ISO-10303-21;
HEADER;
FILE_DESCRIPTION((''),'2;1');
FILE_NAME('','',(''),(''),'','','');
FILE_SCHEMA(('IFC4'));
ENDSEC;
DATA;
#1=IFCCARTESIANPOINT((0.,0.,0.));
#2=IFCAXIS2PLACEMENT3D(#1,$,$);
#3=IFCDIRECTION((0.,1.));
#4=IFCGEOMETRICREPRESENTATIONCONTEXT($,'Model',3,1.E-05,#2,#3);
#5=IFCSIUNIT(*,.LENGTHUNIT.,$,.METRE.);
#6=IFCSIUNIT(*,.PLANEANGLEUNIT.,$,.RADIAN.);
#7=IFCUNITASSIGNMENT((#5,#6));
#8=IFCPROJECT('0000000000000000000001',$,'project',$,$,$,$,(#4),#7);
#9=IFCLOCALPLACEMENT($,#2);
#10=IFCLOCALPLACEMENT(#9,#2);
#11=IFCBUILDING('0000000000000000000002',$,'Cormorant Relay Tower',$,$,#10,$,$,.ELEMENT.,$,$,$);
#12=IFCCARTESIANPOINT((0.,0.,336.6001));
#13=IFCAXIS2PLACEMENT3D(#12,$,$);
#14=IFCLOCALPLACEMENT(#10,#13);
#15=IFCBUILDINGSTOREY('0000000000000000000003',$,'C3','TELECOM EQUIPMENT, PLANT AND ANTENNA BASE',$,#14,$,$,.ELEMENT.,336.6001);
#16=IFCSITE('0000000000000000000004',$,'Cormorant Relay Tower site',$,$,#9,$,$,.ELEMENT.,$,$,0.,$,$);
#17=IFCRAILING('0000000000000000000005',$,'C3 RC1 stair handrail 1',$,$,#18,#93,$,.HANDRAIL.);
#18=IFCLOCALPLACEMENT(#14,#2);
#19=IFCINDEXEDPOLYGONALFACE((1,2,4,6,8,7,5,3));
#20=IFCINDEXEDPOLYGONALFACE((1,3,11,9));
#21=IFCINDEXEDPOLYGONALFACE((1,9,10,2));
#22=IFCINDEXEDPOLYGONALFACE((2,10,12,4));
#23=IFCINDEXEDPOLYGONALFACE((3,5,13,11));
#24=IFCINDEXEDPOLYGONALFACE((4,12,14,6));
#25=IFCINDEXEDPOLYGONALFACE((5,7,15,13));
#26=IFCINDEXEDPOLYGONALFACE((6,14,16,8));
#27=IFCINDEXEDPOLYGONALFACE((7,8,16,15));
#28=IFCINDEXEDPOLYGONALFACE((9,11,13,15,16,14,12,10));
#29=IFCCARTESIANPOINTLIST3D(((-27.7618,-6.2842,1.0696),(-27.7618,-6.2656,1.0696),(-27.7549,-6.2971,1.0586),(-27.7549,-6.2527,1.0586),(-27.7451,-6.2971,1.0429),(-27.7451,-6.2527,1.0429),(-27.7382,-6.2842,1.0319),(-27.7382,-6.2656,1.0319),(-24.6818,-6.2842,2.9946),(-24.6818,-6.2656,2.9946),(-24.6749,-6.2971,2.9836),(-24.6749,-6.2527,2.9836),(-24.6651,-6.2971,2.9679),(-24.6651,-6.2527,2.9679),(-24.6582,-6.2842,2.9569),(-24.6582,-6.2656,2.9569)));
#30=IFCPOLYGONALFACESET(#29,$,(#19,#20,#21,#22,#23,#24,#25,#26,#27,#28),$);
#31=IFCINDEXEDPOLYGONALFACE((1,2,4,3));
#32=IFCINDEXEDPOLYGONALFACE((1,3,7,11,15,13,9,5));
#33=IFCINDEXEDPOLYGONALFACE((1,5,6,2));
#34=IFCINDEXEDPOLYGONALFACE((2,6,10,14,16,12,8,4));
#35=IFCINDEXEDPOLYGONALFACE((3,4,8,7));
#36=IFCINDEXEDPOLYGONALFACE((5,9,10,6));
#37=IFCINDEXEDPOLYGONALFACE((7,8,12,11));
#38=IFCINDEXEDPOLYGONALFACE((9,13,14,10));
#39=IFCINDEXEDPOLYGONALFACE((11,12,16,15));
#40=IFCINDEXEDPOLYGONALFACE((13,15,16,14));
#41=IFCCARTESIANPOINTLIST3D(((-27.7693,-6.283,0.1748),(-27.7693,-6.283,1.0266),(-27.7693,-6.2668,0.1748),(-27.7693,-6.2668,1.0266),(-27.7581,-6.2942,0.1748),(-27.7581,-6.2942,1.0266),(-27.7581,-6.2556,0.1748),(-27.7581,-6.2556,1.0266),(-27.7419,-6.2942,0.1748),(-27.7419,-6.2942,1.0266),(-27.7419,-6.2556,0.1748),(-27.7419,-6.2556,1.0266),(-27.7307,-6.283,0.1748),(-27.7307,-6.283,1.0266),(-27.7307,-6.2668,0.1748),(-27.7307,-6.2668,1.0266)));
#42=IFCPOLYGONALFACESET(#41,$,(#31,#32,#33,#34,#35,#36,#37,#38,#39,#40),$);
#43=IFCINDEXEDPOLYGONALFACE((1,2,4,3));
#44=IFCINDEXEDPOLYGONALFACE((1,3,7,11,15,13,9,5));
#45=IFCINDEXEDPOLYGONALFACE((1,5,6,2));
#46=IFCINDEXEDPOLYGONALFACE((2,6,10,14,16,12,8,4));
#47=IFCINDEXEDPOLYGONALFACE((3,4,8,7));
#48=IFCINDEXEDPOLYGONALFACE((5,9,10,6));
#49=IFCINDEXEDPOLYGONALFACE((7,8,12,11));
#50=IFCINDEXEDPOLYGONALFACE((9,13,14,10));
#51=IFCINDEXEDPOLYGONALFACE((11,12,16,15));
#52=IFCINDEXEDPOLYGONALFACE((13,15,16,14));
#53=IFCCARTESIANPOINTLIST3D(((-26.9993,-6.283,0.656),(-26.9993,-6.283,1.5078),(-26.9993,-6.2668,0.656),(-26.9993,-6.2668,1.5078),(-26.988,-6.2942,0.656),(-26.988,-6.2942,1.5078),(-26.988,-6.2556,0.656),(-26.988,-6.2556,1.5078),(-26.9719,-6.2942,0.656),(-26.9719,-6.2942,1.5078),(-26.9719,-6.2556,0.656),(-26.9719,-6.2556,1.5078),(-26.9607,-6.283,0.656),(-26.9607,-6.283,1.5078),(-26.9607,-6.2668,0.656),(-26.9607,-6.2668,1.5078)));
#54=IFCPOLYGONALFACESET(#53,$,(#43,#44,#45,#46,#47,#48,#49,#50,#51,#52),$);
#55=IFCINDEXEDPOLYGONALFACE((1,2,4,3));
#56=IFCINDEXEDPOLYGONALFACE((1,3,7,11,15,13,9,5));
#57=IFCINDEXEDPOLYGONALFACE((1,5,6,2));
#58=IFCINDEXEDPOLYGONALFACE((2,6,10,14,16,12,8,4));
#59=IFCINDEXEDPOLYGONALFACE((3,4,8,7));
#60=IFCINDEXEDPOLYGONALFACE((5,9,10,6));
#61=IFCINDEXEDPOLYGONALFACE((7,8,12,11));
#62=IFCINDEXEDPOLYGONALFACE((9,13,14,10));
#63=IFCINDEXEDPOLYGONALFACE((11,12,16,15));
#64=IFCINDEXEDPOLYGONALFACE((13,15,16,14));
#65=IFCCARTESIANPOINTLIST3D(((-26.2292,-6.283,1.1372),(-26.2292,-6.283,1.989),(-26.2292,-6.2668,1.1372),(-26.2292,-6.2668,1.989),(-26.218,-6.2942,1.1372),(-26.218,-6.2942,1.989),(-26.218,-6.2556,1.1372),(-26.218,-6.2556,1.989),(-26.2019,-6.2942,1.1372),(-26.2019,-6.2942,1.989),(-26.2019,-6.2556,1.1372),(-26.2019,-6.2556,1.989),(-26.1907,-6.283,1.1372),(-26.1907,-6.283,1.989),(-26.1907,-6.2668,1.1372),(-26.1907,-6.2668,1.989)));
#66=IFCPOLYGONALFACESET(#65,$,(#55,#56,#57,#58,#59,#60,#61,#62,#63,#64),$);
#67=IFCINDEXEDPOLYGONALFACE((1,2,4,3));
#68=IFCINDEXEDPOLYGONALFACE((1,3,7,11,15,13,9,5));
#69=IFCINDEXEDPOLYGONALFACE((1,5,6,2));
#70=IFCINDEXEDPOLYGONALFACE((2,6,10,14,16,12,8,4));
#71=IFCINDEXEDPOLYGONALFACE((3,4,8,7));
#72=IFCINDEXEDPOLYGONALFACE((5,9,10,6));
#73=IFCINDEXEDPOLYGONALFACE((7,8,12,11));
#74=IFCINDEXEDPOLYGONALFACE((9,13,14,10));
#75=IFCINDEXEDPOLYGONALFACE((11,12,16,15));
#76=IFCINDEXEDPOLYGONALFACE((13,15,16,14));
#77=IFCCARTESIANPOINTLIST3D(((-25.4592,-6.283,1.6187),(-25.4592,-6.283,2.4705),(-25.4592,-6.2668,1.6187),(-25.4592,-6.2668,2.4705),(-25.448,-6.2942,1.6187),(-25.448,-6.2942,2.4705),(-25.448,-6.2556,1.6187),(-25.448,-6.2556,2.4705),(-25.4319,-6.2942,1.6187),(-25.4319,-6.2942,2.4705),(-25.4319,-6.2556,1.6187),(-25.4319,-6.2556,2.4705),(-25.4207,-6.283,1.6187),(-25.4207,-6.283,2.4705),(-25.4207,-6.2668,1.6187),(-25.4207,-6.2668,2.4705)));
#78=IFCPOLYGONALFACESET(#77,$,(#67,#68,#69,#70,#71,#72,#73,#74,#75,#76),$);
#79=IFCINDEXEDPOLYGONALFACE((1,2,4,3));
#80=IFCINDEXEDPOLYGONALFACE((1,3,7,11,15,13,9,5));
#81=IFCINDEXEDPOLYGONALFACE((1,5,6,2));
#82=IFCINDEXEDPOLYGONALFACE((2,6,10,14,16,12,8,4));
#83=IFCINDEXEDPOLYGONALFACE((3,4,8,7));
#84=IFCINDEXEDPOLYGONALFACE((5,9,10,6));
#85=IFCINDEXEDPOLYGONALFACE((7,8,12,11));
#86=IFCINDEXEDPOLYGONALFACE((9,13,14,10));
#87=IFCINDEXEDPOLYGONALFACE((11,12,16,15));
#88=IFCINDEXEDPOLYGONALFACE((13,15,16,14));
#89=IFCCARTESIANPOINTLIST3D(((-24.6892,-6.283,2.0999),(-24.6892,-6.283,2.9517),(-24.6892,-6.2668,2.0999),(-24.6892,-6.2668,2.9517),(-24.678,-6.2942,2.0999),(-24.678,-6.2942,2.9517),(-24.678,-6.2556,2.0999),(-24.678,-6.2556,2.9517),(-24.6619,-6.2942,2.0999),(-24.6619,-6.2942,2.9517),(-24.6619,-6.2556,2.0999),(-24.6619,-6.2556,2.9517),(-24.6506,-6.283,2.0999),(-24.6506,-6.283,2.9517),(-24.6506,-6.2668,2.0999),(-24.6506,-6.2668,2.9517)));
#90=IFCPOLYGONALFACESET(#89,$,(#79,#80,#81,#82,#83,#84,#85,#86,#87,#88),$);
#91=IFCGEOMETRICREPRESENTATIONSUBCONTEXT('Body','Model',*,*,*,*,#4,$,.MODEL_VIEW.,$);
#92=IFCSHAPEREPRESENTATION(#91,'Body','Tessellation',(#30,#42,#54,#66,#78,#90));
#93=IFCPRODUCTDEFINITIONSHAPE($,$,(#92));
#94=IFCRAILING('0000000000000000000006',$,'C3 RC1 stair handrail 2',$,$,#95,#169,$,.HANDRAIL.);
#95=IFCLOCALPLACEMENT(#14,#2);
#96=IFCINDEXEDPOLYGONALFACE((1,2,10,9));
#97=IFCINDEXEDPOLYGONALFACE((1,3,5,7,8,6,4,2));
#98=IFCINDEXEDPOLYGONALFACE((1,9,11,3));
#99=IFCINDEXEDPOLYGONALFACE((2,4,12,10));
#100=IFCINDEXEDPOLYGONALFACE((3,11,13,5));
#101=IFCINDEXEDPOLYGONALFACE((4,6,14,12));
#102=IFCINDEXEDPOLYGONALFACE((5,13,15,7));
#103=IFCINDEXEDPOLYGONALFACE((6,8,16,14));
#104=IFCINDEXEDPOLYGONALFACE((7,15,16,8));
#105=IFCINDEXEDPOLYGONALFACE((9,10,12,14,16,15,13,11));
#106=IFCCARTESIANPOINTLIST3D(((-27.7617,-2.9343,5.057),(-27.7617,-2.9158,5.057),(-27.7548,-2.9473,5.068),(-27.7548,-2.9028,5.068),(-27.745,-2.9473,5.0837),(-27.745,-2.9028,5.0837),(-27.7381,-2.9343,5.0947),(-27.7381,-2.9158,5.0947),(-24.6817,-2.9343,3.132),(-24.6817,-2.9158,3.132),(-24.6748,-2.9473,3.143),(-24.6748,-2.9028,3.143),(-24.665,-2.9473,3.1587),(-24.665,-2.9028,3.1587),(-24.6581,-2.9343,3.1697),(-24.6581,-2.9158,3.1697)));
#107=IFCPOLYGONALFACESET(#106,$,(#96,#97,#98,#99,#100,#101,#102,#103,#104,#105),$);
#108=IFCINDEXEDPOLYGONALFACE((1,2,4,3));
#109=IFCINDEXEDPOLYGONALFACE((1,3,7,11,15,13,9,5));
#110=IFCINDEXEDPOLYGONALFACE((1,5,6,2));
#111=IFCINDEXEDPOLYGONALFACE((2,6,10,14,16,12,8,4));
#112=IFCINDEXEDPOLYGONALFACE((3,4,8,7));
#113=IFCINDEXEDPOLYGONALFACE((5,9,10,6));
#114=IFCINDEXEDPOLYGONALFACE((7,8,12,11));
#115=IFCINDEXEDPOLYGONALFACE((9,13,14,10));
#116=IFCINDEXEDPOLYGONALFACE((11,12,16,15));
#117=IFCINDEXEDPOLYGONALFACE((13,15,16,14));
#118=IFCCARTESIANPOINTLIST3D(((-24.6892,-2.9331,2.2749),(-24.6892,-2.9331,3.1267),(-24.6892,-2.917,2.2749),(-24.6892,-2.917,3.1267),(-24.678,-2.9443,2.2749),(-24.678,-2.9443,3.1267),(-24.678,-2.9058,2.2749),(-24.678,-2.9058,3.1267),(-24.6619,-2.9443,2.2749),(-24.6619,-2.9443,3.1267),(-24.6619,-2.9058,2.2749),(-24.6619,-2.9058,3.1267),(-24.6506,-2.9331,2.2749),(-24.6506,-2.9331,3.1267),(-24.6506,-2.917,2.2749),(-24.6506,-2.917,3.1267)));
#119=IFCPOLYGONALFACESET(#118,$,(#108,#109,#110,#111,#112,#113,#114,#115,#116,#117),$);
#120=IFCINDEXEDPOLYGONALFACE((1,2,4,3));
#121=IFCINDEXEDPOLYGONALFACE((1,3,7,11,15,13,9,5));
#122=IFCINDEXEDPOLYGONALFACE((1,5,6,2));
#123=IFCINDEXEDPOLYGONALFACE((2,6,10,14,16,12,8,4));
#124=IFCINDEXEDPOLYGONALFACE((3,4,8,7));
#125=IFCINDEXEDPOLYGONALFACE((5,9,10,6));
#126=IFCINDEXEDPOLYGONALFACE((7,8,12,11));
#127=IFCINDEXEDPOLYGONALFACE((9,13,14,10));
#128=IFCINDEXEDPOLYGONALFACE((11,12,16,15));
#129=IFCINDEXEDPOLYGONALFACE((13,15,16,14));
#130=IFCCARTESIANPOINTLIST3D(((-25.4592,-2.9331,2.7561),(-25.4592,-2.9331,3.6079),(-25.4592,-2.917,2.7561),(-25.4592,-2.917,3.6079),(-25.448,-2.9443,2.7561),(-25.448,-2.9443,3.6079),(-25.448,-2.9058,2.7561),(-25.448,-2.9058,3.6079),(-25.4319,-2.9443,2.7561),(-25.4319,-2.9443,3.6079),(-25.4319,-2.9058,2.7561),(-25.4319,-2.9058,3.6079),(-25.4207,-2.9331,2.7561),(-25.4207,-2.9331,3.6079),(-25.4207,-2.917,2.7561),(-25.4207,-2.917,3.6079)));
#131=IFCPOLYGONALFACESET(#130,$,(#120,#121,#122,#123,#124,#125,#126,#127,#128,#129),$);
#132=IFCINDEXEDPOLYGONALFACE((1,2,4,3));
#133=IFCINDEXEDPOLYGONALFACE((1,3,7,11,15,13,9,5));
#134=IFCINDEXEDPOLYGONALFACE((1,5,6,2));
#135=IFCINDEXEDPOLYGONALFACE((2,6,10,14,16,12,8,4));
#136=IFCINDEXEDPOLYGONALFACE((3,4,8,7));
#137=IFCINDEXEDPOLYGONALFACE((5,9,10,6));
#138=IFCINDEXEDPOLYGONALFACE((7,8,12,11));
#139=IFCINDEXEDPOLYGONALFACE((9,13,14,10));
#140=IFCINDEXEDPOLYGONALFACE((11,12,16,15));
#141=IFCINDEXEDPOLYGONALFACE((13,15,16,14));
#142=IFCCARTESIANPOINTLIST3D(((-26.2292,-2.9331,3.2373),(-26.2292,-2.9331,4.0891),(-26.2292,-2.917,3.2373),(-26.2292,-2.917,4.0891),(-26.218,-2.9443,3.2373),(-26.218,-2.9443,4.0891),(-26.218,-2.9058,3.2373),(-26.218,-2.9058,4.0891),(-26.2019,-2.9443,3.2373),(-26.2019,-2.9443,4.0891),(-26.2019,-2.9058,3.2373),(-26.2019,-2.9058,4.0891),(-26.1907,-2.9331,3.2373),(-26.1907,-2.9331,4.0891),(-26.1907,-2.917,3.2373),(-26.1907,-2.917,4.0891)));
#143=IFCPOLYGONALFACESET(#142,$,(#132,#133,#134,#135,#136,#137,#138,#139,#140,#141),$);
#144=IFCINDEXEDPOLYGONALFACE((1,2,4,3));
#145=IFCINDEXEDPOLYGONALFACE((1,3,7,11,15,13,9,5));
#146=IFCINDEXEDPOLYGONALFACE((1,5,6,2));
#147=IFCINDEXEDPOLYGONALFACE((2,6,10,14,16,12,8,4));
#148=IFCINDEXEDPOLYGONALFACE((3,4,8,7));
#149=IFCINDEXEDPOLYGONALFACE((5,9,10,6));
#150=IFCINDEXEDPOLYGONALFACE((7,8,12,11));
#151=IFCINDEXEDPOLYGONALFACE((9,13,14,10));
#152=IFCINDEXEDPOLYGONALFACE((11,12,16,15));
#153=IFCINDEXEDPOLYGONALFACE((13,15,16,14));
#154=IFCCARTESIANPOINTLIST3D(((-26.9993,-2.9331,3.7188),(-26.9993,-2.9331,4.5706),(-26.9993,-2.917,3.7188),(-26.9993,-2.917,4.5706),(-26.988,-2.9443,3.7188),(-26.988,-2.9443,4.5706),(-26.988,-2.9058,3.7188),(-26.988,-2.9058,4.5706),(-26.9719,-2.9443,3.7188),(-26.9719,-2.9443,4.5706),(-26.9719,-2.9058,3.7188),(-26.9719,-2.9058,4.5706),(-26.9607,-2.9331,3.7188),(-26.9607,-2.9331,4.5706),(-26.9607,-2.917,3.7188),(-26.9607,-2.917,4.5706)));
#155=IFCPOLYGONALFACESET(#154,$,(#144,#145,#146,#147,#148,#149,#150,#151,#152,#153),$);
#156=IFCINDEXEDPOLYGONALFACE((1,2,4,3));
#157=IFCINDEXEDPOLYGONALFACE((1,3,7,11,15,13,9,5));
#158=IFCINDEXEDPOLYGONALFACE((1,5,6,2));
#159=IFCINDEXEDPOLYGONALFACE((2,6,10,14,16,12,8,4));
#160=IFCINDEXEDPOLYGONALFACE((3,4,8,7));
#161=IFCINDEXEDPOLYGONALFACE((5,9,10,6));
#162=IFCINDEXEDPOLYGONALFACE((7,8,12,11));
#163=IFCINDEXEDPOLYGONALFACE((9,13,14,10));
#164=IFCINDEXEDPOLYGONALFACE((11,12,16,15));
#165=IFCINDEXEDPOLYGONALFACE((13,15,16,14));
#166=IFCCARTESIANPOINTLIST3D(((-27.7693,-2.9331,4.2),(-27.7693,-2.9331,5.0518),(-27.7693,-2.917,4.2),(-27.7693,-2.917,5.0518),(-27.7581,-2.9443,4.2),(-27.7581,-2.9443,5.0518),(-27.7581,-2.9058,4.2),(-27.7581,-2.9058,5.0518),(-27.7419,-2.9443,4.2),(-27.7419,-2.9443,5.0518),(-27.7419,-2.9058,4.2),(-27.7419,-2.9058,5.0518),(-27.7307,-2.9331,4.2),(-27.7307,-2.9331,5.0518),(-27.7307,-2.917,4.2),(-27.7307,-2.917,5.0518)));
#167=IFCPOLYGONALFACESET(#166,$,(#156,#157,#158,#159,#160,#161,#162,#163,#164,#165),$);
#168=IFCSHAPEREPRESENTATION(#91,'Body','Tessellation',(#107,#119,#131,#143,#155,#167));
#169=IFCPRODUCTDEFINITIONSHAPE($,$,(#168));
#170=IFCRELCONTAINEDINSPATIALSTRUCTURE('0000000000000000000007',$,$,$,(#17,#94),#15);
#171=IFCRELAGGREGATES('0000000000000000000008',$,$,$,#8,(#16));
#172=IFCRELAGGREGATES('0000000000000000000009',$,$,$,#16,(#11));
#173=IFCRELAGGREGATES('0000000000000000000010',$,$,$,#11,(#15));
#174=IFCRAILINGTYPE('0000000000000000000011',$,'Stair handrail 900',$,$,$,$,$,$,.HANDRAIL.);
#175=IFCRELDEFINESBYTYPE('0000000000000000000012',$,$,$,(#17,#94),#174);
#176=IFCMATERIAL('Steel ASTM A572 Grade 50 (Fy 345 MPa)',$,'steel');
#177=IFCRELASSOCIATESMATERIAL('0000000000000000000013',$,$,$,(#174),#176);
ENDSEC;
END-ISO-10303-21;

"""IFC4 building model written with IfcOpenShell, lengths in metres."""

from ifc_helpers import new_model, si_unit, direction, frame, origin, place, context, subcontext, project, spatial, polyline, outline, extrude, material, type_object, element, save


model = new_model("IFC4")

# Units and contexts
model_context = context("Model", 3, precision=1e-05, world=origin(), true_north=direction((0.0, 1.0)))
body_context = subcontext(model_context, "Body", "Model", "MODEL_VIEW")
ifc_project = project(units=[si_unit("LENGTHUNIT", "METRE"), si_unit("PLANEANGLEUNIT", "RADIAN")], contexts=[model_context])

# Site, building, storey
site_placement = place(None, origin())
site = spatial("IfcSite", under=ifc_project, at=site_placement, Name="Cormorant Relay Tower site", CompositionType="ELEMENT", RefElevation=0.0)
building_placement = place(site_placement, origin())
building = spatial("IfcBuilding", under=site, at=building_placement, Name="Cormorant Relay Tower", CompositionType="ELEMENT")
storey_placement = place(building_placement, frame((0.0, 0.0, 336.6001)))
storey = spatial("IfcBuildingStorey", under=building, at=storey_placement, Name="C3", Description="TELECOM EQUIPMENT, PLANT AND ANTENNA BASE", CompositionType="ELEMENT", Elevation=336.6001)

# Railings
ifc_material_1 = material(Name="Steel ASTM A572 Grade 50 (Fy 345 MPa)", Category="steel")
railing_type_1 = type_object("IfcRailingType", Name="Stair handrail 900", PredefinedType="HANDRAIL", material=ifc_material_1)
railing_1_placement = place(storey_placement, frame((-27.75, -6.2749, 0.1748)))
element("IfcRailing", 1, at=railing_1_placement, inside=storey, type_object=railing_type_1, Name="C3 RC1 stair handrail 1", PredefinedType="HANDRAIL", context=body_context, shape_type="SweptSolid", body=[
    extrude(outline(polyline([(0.0222, 0.0093), (0.0093, 0.0222), (-0.0093, 0.0222), (-0.0222, 0.0093), (-0.0222, -0.0093), (-0.0093, -0.0222), (0.0093, -0.0222), (0.0222, -0.0093), (0.0222, 0.0093)])), frame((0.0, 0.0, 0.876), z_axis=(0.847998, 0.0, 0.529999), x_axis=(0.0, 1.0, 0.0)), (0.0, 0.0, 1.0), 3.6321),
    extrude(outline(polyline([(0.0193, 0.0081), (0.0081, 0.0193), (-0.0081, 0.0193), (-0.0193, 0.0081), (-0.0193, -0.0081), (-0.0081, -0.0193), (0.0081, -0.0193), (0.0193, -0.0081), (0.0193, 0.0081)])), origin(), (0.0, 0.0, 1.0), 0.8518),
    extrude(outline(polyline([(0.0193, 0.0081), (0.0081, 0.0193), (-0.0081, 0.0193), (-0.0193, 0.0081), (-0.0193, -0.0081), (-0.0081, -0.0193), (0.0081, -0.0193), (0.0193, -0.0081), (0.0193, 0.0081)])), frame((0.77, 0.0, 0.4812)), (0.0, 0.0, 1.0), 0.8518),
    extrude(outline(polyline([(0.0193, 0.0081), (0.0081, 0.0193), (-0.0081, 0.0193), (-0.0193, 0.0081), (-0.0193, -0.0081), (-0.0081, -0.0193), (0.0081, -0.0193), (0.0193, -0.0081), (0.0193, 0.0081)])), frame((1.54, 0.0, 0.9624)), (0.0, 0.0, 1.0), 0.8518),
    extrude(outline(polyline([(0.0193, 0.0081), (0.0081, 0.0193), (-0.0081, 0.0193), (-0.0193, 0.0081), (-0.0193, -0.0081), (-0.0081, -0.0193), (0.0081, -0.0193), (0.0193, -0.0081), (0.0193, 0.0081)])), frame((2.3101, 0.0, 1.4438)), (0.0, 0.0, 1.0), 0.8518),
    extrude(outline(polyline([(0.0193, 0.0081), (0.0081, 0.0193), (-0.0081, 0.0193), (-0.0193, 0.0081), (-0.0193, -0.0081), (-0.0081, -0.0193), (0.0081, -0.0193), (0.0193, -0.0081), (0.0193, 0.0081)])), frame((3.0801, 0.0, 1.925)), (0.0, 0.0, 1.0), 0.8518),
])
railing_2_placement = place(storey_placement, frame((-24.6699, -2.925, 2.2749)))
element("IfcRailing", 2, at=railing_2_placement, inside=storey, type_object=railing_type_1, Name="C3 RC1 stair handrail 2", PredefinedType="HANDRAIL", context=body_context, shape_type="SweptSolid", body=[
    extrude(outline(polyline([(0.0222, 0.0093), (0.0093, 0.0222), (-0.0093, 0.0222), (-0.0222, 0.0093), (-0.0222, -0.0093), (-0.0093, -0.0222), (0.0093, -0.0222), (0.0222, -0.0093), (0.0222, 0.0093)])), frame((0.0, 0.0, 0.876), z_axis=(-0.847998, 0.0, 0.529999), x_axis=(0.0, -1.0, 0.0)), (0.0, 0.0, 1.0), 3.6321),
    extrude(outline(polyline([(0.0193, 0.0081), (0.0081, 0.0193), (-0.0081, 0.0193), (-0.0193, 0.0081), (-0.0193, -0.0081), (-0.0081, -0.0193), (0.0081, -0.0193), (0.0193, -0.0081), (0.0193, 0.0081)])), origin(), (0.0, 0.0, 1.0), 0.8518),
    extrude(outline(polyline([(0.0193, 0.0081), (0.0081, 0.0193), (-0.0081, 0.0193), (-0.0193, 0.0081), (-0.0193, -0.0081), (-0.0081, -0.0193), (0.0081, -0.0193), (0.0193, -0.0081), (0.0193, 0.0081)])), frame((-0.77, 0.0, 0.4812)), (0.0, 0.0, 1.0), 0.8518),
    extrude(outline(polyline([(0.0193, 0.0081), (0.0081, 0.0193), (-0.0081, 0.0193), (-0.0193, 0.0081), (-0.0193, -0.0081), (-0.0081, -0.0193), (0.0081, -0.0193), (0.0193, -0.0081), (0.0193, 0.0081)])), frame((-1.54, 0.0, 0.9624)), (0.0, 0.0, 1.0), 0.8518),
    extrude(outline(polyline([(0.0193, 0.0081), (0.0081, 0.0193), (-0.0081, 0.0193), (-0.0193, 0.0081), (-0.0193, -0.0081), (-0.0081, -0.0193), (0.0081, -0.0193), (0.0193, -0.0081), (0.0193, 0.0081)])), frame((-2.3101, 0.0, 1.4438)), (0.0, 0.0, 1.0), 0.8518),
    extrude(outline(polyline([(0.0193, 0.0081), (0.0081, 0.0193), (-0.0081, 0.0193), (-0.0193, 0.0081), (-0.0193, -0.0081), (-0.0081, -0.0193), (0.0081, -0.0193), (0.0193, -0.0081), (0.0193, 0.0081)])), frame((-3.0801, 0.0, 1.925)), (0.0, 0.0, 1.0), 0.8518),
])

save(model, "model.ifc")
